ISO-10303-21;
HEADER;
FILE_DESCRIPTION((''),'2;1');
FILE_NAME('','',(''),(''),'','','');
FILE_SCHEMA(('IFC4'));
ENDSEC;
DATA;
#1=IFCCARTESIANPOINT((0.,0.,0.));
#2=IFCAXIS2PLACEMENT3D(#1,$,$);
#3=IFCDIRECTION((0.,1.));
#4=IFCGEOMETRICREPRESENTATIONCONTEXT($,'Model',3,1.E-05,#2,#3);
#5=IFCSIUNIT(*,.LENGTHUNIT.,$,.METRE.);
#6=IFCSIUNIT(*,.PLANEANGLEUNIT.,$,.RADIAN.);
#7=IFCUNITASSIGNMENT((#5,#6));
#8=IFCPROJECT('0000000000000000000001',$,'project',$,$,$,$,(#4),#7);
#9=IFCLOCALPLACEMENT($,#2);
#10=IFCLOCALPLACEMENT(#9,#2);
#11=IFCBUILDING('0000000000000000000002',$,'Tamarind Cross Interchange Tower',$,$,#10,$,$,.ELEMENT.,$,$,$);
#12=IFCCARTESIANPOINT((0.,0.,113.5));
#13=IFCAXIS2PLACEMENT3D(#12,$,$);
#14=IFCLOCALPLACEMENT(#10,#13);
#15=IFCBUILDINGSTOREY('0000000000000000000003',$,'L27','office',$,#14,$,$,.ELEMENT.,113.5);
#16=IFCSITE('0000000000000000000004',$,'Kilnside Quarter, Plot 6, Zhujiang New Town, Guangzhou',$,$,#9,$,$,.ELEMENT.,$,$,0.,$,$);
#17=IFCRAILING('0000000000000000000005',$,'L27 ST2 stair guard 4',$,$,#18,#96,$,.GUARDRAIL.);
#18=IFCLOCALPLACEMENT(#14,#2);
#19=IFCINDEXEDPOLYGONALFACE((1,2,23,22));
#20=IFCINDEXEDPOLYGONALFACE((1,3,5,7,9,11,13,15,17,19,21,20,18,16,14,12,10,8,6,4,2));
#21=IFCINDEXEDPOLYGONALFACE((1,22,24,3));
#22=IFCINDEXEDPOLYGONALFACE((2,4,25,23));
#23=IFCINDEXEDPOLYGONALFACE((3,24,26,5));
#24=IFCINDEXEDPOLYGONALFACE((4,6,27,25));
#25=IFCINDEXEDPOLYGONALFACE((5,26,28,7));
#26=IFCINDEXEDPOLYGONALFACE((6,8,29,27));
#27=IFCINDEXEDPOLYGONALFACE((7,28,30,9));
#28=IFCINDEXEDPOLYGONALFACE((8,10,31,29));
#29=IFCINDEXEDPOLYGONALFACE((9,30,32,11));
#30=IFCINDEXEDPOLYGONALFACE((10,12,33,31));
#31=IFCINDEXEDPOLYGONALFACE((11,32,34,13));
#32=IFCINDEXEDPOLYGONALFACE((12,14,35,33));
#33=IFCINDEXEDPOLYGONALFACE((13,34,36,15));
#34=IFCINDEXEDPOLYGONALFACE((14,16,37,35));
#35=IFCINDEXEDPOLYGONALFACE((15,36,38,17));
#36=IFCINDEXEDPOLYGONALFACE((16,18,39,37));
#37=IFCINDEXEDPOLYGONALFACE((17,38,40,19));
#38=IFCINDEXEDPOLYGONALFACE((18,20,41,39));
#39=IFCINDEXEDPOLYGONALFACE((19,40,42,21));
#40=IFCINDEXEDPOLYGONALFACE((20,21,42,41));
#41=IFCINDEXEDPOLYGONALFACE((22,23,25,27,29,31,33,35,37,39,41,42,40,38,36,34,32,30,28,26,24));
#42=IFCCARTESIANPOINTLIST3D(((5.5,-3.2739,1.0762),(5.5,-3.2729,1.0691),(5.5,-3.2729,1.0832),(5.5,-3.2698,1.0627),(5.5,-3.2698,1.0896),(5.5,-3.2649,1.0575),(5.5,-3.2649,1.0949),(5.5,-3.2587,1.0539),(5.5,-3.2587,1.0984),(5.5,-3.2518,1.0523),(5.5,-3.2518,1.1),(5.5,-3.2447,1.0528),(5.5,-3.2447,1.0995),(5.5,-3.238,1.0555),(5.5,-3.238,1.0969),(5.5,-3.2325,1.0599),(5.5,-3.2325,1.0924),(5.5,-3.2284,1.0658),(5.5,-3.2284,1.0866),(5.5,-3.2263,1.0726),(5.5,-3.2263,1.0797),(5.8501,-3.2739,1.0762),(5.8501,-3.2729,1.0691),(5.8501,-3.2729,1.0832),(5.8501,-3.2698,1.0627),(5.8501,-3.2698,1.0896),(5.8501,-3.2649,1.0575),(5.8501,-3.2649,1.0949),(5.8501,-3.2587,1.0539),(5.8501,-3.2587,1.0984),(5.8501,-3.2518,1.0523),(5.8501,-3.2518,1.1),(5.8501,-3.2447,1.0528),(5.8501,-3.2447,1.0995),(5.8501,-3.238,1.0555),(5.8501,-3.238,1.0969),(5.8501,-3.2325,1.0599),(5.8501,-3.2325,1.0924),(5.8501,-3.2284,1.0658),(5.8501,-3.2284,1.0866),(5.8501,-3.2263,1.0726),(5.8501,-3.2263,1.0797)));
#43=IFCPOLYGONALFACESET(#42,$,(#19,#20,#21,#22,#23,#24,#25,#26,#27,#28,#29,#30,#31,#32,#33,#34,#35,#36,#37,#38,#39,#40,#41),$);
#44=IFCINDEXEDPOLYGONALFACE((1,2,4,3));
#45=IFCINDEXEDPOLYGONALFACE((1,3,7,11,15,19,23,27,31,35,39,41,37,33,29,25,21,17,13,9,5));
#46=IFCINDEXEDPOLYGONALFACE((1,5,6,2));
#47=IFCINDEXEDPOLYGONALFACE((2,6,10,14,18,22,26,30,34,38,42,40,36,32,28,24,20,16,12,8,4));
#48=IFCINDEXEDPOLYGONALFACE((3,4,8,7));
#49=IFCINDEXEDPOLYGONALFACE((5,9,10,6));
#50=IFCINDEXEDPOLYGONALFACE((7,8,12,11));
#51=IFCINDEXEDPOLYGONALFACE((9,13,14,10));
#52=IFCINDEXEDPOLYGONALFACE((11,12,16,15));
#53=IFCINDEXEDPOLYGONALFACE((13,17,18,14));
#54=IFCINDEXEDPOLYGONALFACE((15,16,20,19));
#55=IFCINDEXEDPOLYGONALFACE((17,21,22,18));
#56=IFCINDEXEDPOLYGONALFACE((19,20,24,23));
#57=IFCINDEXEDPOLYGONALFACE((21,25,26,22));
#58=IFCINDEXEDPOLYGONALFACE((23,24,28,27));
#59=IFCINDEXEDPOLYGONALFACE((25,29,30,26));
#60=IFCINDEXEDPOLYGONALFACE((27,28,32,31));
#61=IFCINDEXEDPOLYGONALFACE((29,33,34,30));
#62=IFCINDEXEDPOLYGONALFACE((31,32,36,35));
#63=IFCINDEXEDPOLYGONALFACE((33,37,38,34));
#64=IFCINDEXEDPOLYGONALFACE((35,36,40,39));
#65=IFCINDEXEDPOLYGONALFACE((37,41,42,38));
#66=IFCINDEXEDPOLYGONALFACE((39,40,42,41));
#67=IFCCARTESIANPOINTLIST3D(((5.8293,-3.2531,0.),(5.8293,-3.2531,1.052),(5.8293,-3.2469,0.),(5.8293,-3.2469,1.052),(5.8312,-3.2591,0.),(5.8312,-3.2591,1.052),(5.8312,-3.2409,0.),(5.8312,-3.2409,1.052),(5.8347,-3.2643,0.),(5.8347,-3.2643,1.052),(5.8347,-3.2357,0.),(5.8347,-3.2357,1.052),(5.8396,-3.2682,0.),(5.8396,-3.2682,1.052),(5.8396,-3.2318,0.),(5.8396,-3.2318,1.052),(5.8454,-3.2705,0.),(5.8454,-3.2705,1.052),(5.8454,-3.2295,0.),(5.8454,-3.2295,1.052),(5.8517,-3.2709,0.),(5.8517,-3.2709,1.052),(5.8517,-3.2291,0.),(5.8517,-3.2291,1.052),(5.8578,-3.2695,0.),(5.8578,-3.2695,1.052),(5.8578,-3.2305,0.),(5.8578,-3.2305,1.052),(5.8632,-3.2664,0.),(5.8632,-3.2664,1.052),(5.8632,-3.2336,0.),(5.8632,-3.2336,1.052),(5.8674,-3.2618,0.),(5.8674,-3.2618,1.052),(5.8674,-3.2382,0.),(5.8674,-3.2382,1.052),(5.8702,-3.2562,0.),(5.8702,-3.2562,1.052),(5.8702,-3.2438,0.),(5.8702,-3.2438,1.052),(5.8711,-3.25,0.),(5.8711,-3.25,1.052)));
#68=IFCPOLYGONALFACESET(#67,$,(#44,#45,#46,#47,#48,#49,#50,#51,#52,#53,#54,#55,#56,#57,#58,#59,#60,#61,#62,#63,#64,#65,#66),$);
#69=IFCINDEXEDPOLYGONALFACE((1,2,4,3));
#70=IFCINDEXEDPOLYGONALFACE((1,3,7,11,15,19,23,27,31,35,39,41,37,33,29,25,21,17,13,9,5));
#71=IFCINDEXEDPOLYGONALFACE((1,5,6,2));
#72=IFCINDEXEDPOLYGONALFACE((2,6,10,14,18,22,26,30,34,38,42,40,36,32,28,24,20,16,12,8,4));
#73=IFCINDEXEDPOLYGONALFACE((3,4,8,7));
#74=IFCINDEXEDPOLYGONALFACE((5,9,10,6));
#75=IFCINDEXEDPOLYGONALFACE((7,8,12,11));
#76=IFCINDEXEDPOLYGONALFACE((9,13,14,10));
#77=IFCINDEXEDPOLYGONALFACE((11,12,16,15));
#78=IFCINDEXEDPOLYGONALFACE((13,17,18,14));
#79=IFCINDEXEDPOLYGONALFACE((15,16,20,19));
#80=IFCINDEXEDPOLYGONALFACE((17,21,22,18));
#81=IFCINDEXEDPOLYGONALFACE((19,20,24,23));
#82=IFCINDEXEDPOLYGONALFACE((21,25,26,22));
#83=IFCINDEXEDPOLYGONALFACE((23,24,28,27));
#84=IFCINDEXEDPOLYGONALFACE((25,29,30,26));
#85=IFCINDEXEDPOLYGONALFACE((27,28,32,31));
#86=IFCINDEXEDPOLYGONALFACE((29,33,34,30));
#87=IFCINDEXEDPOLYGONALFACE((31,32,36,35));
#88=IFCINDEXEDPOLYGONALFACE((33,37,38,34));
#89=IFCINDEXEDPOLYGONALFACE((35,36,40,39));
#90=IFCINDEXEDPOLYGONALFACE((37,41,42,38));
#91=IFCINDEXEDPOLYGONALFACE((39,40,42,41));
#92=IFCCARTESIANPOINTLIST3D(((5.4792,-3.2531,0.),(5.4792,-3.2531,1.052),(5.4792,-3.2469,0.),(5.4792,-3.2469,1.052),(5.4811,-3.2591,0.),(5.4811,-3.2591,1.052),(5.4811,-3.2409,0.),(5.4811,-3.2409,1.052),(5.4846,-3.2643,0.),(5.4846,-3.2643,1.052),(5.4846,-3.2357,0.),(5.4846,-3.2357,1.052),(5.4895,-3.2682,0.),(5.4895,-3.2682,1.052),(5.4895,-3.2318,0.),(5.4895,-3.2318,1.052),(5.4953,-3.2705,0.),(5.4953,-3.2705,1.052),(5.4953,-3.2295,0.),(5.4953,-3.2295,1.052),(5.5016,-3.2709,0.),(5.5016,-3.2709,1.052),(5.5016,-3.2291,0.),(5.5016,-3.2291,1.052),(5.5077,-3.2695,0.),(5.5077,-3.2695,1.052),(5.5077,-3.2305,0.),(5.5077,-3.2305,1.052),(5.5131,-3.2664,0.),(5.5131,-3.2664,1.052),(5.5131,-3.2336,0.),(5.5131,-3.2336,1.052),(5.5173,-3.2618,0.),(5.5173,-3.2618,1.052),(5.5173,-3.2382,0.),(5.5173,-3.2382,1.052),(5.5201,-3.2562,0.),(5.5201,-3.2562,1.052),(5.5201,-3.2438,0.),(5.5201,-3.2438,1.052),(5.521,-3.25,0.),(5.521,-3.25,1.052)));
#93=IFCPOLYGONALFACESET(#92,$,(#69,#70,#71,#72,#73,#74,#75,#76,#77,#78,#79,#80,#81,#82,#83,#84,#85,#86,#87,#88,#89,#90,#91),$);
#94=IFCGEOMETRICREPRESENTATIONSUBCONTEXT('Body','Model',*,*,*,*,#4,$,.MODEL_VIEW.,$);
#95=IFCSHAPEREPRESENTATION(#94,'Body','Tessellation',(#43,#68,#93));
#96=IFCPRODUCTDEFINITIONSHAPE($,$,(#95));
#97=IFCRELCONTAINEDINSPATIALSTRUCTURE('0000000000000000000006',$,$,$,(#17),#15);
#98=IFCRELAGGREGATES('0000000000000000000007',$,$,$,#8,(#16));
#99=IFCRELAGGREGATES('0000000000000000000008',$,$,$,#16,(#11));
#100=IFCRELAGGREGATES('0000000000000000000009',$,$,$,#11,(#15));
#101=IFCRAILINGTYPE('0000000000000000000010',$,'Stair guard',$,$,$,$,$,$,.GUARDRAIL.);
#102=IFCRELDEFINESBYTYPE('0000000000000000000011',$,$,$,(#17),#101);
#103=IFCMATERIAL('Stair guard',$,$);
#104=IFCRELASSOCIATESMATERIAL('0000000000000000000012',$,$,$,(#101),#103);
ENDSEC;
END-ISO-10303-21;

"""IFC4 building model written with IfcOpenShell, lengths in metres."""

from ifc_helpers import new_model, si_unit, direction, frame, origin, origin_2d, place, context, subcontext, project, spatial, circle, extrude, material, type_object, element, save


model = new_model("IFC4")

# Units and contexts
model_context = context("Model", 3, precision=1e-05, world=origin(), true_north=direction((0.0, 1.0)))
body_context = subcontext(model_context, "Body", "Model", "MODEL_VIEW")
ifc_project = project(units=[si_unit("LENGTHUNIT", "METRE"), si_unit("PLANEANGLEUNIT", "RADIAN")], contexts=[model_context])

# Site, building, storey
site_placement = place(None, origin())
site = spatial("IfcSite", under=ifc_project, at=site_placement, Name="Kilnside Quarter, Plot 6, Zhujiang New Town, Guangzhou", CompositionType="ELEMENT", RefElevation=0.0)
building_placement = place(site_placement, origin())
building = spatial("IfcBuilding", under=site, at=building_placement, Name="Tamarind Cross Interchange Tower", CompositionType="ELEMENT")
storey_placement = place(building_placement, frame((0.0, 0.0, 113.5)))
storey = spatial("IfcBuildingStorey", under=building, at=storey_placement, Name="L27", Description="office", CompositionType="ELEMENT", Elevation=113.5)

# Railing
ifc_material_1 = material(Name="Stair guard")
railing_type_1 = type_object("IfcRailingType", Name="Stair guard", PredefinedType="GUARDRAIL", material=ifc_material_1)
railing_1_placement = place(storey_placement, frame((5.8501, -3.25, 0.0)))
element("IfcRailing", 1, at=railing_1_placement, inside=storey, type_object=railing_type_1, Name="L27 ST2 stair guard 4", PredefinedType="GUARDRAIL", context=body_context, shape_type="SweptSolid", body=[
    extrude(circle(Radius=0.0239, at=origin_2d()), frame((0.0, 0.0, 1.0762), z_axis=(-1.0, 0.0, 0.0), x_axis=(0.0, -1.0, 0.0)), (0.0, 0.0, 1.0), 0.3501),
    extrude(circle(Radius=0.021, at=origin_2d()), origin(), (0.0, 0.0, 1.0), 1.052),
    extrude(circle(Radius=0.021, at=origin_2d()), frame((-0.3501, 0.0, 0.0)), (0.0, 0.0, 1.0), 1.052),
])

save(model, "model.ifc")
